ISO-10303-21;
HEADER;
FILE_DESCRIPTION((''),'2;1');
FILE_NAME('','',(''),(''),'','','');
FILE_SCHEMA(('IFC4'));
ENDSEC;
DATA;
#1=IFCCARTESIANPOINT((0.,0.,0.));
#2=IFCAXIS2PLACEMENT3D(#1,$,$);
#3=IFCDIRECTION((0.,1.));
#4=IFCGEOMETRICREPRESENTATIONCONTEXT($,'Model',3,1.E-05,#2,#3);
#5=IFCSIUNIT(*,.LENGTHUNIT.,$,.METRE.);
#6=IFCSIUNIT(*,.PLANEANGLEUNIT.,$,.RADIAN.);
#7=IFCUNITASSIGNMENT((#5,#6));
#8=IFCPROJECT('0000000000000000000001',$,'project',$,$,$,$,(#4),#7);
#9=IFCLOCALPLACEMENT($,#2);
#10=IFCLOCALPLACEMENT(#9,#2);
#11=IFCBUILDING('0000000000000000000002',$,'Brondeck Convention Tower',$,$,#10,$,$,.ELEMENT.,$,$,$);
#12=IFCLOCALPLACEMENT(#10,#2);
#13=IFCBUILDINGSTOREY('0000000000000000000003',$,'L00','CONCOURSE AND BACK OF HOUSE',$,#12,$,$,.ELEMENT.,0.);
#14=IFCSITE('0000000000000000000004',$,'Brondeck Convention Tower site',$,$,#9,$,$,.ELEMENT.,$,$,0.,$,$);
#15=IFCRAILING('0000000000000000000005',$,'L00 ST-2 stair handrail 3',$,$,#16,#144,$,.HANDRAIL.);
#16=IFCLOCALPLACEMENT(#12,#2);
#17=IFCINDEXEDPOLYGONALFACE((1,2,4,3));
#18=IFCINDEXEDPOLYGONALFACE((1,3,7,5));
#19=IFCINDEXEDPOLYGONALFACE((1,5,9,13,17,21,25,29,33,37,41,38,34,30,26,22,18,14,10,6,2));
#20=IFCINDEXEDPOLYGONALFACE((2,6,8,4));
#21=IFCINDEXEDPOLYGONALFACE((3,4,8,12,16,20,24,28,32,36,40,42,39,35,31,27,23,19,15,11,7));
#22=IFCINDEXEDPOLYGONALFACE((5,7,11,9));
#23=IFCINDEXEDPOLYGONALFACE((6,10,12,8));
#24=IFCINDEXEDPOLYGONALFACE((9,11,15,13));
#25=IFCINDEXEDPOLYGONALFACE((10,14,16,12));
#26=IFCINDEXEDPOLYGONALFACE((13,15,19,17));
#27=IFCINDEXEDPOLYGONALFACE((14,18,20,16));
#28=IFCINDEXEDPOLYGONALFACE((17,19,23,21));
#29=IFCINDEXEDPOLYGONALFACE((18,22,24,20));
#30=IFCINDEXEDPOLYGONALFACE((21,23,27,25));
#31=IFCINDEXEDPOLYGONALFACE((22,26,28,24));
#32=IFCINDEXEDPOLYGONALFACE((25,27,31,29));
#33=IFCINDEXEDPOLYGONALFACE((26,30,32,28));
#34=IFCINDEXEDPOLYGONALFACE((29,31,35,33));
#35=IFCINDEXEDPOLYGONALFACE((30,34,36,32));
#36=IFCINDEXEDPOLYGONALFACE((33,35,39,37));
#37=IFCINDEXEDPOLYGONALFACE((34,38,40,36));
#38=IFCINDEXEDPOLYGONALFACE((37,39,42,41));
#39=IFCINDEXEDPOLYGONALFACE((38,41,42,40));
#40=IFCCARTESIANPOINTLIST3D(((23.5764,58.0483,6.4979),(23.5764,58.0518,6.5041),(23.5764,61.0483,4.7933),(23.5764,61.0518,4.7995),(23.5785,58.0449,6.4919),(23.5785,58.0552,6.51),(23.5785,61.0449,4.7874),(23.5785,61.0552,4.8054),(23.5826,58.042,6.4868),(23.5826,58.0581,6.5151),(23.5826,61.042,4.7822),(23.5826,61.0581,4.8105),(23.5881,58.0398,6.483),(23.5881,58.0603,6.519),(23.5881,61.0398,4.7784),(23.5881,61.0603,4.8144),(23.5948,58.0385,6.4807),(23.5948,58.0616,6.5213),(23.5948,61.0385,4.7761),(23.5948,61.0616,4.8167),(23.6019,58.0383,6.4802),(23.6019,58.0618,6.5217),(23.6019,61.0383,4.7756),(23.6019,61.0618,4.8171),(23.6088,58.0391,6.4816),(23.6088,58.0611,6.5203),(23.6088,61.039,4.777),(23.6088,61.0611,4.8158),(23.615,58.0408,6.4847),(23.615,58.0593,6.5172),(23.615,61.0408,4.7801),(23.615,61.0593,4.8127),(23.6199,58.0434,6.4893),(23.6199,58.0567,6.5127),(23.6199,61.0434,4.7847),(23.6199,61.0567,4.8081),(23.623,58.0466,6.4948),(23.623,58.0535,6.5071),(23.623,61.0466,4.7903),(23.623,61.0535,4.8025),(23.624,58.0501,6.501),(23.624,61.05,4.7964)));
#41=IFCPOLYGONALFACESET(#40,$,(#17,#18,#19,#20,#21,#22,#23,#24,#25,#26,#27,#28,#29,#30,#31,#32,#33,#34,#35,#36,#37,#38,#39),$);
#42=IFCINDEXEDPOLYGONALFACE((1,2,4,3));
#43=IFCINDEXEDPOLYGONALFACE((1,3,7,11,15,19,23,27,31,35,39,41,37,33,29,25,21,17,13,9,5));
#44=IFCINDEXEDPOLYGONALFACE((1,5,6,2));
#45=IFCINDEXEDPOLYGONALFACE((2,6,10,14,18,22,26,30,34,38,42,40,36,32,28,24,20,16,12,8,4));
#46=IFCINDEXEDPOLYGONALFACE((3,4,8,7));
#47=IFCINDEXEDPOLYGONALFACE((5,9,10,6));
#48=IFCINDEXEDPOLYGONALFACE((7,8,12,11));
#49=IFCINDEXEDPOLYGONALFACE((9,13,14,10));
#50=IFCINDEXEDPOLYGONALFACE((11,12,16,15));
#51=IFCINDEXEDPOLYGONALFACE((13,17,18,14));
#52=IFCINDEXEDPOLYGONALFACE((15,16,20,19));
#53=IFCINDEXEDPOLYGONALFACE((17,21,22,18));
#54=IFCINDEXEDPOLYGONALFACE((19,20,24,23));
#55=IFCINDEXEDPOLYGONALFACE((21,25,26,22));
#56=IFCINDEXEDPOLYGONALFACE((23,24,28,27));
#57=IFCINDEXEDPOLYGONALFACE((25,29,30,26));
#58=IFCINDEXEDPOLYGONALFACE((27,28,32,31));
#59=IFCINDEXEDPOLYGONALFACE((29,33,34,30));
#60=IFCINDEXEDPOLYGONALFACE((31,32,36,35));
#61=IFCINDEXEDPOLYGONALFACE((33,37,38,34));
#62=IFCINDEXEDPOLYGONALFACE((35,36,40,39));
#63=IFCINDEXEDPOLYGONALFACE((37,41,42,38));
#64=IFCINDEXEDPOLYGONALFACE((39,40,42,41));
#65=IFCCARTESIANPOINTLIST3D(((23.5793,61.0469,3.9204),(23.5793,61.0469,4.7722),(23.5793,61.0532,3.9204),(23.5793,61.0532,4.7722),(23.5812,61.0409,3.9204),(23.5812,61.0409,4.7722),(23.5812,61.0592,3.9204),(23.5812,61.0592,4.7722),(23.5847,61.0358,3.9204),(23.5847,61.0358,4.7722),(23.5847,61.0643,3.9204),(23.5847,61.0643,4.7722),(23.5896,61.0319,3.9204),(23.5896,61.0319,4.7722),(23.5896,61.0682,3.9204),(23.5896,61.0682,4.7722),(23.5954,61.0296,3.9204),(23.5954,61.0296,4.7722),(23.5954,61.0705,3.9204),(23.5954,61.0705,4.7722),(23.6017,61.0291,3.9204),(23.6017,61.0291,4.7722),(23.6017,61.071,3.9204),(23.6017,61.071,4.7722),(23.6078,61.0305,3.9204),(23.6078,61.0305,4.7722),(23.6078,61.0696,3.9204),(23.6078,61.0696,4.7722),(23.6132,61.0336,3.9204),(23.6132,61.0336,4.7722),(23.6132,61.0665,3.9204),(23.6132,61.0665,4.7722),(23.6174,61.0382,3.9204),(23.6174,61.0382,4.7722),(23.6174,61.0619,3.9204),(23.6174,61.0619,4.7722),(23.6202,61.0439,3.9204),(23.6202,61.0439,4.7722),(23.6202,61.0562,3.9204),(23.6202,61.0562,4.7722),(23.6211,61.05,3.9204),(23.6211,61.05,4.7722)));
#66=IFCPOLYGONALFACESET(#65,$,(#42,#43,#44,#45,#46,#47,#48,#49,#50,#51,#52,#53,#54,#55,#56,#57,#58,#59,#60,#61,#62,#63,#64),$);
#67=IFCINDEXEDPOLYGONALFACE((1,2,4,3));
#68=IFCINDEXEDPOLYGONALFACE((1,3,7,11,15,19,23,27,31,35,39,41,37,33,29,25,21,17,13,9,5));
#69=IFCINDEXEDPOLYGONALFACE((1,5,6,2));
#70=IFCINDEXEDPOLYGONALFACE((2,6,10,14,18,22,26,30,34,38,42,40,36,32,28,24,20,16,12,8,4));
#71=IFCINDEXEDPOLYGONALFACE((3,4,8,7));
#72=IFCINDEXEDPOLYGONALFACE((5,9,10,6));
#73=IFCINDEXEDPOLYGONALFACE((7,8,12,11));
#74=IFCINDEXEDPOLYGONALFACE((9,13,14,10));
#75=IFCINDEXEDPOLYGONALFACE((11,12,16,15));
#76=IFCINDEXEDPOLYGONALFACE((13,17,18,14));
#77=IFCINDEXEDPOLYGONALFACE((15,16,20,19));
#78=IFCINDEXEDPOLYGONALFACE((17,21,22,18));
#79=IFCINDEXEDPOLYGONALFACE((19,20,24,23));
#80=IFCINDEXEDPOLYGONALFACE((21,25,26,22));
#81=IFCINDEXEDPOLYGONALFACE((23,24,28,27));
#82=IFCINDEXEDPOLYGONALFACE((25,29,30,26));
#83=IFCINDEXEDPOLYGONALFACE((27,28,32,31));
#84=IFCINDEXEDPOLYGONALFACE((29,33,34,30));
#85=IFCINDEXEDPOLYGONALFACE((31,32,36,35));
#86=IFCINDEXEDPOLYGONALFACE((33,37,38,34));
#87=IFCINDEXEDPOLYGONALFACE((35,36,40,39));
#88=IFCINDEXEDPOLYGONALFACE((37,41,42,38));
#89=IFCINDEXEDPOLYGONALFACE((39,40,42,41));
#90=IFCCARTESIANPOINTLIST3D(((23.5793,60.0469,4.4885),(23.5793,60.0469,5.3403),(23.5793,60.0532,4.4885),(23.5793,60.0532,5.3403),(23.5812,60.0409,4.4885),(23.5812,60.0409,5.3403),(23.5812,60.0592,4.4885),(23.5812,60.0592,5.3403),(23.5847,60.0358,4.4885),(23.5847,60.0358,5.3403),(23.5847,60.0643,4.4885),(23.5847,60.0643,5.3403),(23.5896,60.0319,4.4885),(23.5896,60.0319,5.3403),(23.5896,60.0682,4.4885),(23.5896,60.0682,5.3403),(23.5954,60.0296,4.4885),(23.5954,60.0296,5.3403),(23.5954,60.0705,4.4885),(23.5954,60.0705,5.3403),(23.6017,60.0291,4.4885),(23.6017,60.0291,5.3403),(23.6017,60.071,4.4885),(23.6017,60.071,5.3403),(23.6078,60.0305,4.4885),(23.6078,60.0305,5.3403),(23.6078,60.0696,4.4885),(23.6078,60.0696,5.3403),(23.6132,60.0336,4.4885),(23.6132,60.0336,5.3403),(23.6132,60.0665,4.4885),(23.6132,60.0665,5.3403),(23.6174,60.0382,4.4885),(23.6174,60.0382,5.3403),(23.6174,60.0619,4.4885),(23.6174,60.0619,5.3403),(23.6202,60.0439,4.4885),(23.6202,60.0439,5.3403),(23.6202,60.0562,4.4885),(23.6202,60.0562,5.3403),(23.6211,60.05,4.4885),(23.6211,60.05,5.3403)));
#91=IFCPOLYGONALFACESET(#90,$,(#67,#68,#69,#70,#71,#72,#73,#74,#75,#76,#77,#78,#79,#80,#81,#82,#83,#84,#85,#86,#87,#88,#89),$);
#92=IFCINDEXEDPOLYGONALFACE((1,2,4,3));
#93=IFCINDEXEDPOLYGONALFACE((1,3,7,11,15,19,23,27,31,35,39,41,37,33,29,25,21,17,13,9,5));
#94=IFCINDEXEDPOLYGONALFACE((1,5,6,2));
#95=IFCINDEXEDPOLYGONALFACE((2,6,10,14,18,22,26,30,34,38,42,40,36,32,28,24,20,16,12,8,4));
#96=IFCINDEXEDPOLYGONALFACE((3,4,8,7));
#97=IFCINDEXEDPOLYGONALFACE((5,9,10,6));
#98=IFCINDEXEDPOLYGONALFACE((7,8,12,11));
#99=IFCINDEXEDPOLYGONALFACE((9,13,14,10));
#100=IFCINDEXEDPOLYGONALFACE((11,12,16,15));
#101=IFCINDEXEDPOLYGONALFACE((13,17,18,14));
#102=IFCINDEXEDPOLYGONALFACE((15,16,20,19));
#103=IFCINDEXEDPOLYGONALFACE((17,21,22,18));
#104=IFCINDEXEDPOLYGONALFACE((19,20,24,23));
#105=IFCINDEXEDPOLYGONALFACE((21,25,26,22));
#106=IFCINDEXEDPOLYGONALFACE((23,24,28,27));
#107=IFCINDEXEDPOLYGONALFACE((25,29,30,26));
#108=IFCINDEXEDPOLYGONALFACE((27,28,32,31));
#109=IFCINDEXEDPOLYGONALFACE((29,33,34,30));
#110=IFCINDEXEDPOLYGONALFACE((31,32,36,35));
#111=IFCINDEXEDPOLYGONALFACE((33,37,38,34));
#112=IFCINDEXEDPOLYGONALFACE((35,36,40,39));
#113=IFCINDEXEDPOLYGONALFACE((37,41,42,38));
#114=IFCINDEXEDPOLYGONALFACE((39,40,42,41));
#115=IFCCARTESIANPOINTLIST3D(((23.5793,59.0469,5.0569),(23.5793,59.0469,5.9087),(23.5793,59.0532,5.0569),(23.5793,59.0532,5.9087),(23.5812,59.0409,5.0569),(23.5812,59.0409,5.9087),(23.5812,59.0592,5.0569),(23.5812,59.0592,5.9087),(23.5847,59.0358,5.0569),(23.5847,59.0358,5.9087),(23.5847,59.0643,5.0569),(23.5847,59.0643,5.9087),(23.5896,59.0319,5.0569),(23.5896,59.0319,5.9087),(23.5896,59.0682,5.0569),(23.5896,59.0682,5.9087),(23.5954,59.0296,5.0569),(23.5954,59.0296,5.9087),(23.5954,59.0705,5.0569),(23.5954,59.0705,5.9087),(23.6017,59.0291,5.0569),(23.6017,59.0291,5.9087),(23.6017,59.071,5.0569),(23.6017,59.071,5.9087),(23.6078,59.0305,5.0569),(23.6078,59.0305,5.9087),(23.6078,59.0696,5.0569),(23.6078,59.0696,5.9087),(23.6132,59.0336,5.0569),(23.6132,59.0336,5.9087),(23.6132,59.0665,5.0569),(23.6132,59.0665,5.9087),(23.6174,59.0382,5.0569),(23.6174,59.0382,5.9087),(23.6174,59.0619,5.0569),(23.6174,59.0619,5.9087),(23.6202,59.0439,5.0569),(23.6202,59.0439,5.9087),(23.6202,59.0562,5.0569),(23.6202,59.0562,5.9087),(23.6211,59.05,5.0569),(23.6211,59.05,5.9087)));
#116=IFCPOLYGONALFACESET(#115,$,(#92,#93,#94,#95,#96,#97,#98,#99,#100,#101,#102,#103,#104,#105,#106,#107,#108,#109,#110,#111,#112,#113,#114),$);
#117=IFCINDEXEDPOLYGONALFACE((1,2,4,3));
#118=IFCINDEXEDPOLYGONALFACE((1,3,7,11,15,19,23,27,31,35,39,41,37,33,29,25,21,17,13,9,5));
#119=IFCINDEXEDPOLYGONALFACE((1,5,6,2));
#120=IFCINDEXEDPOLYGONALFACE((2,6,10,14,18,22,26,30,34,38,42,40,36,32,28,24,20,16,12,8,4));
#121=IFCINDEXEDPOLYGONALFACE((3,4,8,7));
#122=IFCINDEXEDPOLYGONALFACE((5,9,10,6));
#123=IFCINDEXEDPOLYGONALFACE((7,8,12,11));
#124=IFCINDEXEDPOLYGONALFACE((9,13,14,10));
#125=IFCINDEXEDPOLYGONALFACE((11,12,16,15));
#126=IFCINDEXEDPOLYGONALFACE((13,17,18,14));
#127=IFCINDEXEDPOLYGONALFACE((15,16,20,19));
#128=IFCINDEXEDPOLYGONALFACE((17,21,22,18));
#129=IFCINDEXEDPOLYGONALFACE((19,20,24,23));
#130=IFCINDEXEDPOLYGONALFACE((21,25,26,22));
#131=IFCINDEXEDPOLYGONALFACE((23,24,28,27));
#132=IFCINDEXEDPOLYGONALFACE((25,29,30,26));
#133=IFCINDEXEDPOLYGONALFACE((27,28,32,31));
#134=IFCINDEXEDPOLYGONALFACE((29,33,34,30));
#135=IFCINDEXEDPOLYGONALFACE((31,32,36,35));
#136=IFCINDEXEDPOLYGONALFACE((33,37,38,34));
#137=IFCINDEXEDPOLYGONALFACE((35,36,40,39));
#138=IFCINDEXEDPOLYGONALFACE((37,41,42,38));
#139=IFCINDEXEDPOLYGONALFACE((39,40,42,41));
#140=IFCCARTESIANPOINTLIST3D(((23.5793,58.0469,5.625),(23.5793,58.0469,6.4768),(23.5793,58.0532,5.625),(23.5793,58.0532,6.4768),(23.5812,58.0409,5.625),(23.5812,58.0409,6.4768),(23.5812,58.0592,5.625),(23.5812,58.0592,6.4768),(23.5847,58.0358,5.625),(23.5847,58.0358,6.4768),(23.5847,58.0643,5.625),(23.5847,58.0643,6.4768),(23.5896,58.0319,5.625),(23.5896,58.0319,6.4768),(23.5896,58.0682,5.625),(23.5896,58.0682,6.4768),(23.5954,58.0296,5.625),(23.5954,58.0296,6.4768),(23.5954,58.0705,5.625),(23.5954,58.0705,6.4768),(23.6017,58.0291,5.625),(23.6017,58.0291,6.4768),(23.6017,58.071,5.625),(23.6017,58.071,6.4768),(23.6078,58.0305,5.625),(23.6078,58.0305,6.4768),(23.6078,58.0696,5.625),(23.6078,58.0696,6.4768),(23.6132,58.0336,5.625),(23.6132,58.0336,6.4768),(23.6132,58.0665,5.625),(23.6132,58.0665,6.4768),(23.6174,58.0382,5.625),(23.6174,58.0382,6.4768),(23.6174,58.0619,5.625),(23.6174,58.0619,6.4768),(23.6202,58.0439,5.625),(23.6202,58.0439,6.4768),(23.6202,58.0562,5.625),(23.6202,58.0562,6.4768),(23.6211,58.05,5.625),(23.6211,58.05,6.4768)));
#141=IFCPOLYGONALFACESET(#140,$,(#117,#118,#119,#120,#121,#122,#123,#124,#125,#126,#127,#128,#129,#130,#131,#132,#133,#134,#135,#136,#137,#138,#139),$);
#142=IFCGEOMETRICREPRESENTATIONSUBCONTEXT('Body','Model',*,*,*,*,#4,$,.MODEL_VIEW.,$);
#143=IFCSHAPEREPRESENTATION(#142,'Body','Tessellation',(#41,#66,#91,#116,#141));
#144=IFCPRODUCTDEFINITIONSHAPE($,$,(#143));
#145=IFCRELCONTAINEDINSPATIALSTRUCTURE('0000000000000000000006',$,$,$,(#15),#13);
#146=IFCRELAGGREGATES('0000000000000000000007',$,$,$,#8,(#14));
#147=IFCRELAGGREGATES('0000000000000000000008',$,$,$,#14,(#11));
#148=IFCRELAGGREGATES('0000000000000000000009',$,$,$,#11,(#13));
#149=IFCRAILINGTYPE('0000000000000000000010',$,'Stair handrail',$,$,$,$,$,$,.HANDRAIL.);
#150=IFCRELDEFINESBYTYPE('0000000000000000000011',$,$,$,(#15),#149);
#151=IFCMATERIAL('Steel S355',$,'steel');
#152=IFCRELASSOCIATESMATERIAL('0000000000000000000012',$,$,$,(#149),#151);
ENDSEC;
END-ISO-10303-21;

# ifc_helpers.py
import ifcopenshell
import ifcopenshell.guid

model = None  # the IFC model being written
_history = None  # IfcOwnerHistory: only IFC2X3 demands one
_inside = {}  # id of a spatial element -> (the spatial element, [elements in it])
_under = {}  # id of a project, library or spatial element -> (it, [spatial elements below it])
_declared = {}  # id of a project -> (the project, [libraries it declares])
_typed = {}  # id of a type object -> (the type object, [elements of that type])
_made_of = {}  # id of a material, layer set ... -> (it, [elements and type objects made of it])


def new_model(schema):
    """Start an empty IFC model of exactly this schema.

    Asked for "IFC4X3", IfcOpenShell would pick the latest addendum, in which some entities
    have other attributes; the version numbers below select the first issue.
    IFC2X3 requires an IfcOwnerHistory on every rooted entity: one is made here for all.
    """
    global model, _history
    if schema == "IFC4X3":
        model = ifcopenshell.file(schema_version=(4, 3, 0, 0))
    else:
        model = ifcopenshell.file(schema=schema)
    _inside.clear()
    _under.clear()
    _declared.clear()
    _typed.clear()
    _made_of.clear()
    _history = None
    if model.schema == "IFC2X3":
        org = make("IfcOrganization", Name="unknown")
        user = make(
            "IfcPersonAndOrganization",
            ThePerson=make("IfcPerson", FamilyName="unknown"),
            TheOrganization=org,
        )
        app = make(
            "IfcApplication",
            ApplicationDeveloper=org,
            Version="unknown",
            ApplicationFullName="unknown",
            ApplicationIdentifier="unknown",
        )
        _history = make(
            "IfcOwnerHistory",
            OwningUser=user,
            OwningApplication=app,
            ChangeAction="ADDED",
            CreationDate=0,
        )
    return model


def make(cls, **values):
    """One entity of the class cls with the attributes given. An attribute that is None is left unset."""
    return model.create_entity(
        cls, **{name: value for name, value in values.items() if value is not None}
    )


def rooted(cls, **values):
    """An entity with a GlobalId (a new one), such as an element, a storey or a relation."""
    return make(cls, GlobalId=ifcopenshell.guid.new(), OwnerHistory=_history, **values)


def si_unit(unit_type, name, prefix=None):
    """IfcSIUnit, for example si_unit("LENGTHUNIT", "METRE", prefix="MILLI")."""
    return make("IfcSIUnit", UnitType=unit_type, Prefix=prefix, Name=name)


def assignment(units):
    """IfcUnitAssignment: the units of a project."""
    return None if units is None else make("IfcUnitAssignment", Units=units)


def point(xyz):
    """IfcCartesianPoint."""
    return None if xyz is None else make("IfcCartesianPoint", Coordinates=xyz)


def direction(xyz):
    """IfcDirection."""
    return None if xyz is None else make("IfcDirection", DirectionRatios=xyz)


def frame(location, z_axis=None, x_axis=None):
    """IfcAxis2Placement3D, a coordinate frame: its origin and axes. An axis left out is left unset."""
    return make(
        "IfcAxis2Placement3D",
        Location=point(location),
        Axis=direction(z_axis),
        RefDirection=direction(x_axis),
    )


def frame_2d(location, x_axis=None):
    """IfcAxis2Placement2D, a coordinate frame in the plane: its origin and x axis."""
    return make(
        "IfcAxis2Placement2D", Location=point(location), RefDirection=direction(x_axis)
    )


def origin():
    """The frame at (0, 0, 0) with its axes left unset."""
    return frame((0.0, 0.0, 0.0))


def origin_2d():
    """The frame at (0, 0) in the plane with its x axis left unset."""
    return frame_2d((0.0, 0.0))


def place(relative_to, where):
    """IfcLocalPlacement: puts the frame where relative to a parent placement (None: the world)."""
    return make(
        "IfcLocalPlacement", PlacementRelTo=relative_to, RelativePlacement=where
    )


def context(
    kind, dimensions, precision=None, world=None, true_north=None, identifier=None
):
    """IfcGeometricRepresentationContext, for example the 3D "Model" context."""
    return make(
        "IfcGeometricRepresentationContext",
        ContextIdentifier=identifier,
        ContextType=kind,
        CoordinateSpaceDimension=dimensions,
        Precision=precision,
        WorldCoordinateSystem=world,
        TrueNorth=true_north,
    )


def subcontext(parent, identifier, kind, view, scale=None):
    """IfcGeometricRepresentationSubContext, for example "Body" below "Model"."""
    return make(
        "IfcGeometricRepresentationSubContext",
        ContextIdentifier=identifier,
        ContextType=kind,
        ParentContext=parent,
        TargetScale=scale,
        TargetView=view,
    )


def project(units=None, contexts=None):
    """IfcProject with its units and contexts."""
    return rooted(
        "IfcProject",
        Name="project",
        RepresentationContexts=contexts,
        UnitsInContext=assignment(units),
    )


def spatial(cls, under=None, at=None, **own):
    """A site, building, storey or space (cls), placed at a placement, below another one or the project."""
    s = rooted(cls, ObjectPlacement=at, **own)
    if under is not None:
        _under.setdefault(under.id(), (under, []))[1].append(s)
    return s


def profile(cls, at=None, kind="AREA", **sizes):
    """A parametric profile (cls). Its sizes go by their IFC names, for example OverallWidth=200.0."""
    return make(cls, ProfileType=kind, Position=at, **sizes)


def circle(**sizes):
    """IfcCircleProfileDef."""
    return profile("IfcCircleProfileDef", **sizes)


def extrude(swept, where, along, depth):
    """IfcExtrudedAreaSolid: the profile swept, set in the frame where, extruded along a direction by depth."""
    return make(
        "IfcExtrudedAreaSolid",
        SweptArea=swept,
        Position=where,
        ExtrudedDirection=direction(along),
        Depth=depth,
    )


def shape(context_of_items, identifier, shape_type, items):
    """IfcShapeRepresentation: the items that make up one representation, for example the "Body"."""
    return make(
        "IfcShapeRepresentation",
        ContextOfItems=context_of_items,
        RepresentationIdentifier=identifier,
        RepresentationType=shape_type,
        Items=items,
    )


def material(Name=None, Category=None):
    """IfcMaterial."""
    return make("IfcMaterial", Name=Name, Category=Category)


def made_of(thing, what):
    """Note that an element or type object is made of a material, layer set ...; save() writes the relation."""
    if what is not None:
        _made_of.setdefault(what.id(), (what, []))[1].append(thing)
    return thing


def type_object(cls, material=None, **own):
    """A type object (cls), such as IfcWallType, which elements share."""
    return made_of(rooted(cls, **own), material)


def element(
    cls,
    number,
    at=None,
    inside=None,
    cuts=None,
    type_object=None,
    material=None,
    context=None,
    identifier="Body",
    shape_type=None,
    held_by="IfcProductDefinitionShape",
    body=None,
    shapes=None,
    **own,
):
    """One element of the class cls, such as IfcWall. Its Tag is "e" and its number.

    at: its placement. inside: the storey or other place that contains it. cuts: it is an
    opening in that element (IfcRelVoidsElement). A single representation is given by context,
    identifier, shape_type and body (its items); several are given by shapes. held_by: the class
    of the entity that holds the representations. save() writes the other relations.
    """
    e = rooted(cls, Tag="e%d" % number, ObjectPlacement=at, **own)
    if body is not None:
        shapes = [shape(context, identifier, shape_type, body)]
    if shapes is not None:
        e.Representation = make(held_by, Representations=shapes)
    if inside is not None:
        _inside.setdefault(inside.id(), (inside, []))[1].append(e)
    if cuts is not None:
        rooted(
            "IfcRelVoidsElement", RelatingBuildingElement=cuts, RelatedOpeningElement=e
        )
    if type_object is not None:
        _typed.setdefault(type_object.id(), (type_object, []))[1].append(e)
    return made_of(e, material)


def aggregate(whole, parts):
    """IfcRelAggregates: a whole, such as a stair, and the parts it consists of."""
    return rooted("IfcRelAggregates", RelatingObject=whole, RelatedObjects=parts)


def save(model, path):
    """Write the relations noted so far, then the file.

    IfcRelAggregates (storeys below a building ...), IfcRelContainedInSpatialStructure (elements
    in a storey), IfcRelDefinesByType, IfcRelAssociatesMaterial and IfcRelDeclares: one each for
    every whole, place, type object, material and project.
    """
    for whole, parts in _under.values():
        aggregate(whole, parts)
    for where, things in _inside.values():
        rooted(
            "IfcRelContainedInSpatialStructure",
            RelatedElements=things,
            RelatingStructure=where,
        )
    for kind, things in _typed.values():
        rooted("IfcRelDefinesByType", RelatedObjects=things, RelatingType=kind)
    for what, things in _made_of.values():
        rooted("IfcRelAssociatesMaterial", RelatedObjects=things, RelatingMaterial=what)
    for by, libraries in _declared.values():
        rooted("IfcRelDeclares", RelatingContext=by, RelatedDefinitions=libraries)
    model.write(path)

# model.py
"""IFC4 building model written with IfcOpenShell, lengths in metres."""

from ifc_helpers import new_model, si_unit, direction, frame, origin, origin_2d, place, context, subcontext, project, spatial, circle, extrude, material, type_object, element, save


model = new_model("IFC4")

# Units and contexts
model_context = context("Model", 3, precision=1e-05, world=origin(), true_north=direction((0.0, 1.0)))
body_context = subcontext(model_context, "Body", "Model", "MODEL_VIEW")
ifc_project = project(units=[si_unit("LENGTHUNIT", "METRE"), si_unit("PLANEANGLEUNIT", "RADIAN")], contexts=[model_context])

# Site, building, storey
site_placement = place(None, origin())
site = spatial("IfcSite", under=ifc_project, at=site_placement, Name="Brondeck Convention Tower site", CompositionType="ELEMENT", RefElevation=0.0)
building_placement = place(site_placement, origin())
building = spatial("IfcBuilding", under=site, at=building_placement, Name="Brondeck Convention Tower", CompositionType="ELEMENT")
storey_placement = place(building_placement, origin())
storey = spatial("IfcBuildingStorey", under=building, at=storey_placement, Name="L00", Description="CONCOURSE AND BACK OF HOUSE", CompositionType="ELEMENT", Elevation=0.0)

# Shared definitions
ifc_material_1 = material(Name="Steel S355", Category="steel")

# Railing
railing_type_1 = type_object("IfcRailingType", Name="Stair handrail", PredefinedType="HANDRAIL", material=ifc_material_1)
for number, where, name in (
    (1, (23.6001, 61.05, 3.9204), "L00 ST-2 stair handrail 3"),
):
    element("IfcRailing", number, at=place(storey_placement, frame(where)), inside=storey, type_object=railing_type_1, Name=name, PredefinedType="HANDRAIL", context=body_context, shape_type="SweptSolid", body=[
        extrude(circle(Radius=0.0239, at=origin_2d()), frame((0.0, 0.0, 0.876), z_axis=(0.0, -0.869451, 0.494019), x_axis=(1.0, 0.0, 0.0)), (0.0, 0.0, 1.0), 3.4504),
        extrude(circle(Radius=0.021, at=origin_2d()), origin(), (0.0, 0.0, 1.0), 0.8518),
        extrude(circle(Radius=0.021, at=origin_2d()), frame((0.0, -1.0, 0.5681)), (0.0, 0.0, 1.0), 0.8518),
        extrude(circle(Radius=0.021, at=origin_2d()), frame((0.0, -2.0, 1.1365)), (0.0, 0.0, 1.0), 0.8518),
        extrude(circle(Radius=0.021, at=origin_2d()), frame((0.0, -3.0, 1.7046)), (0.0, 0.0, 1.0), 0.8518),
    ])

save(model, "model.ifc")
